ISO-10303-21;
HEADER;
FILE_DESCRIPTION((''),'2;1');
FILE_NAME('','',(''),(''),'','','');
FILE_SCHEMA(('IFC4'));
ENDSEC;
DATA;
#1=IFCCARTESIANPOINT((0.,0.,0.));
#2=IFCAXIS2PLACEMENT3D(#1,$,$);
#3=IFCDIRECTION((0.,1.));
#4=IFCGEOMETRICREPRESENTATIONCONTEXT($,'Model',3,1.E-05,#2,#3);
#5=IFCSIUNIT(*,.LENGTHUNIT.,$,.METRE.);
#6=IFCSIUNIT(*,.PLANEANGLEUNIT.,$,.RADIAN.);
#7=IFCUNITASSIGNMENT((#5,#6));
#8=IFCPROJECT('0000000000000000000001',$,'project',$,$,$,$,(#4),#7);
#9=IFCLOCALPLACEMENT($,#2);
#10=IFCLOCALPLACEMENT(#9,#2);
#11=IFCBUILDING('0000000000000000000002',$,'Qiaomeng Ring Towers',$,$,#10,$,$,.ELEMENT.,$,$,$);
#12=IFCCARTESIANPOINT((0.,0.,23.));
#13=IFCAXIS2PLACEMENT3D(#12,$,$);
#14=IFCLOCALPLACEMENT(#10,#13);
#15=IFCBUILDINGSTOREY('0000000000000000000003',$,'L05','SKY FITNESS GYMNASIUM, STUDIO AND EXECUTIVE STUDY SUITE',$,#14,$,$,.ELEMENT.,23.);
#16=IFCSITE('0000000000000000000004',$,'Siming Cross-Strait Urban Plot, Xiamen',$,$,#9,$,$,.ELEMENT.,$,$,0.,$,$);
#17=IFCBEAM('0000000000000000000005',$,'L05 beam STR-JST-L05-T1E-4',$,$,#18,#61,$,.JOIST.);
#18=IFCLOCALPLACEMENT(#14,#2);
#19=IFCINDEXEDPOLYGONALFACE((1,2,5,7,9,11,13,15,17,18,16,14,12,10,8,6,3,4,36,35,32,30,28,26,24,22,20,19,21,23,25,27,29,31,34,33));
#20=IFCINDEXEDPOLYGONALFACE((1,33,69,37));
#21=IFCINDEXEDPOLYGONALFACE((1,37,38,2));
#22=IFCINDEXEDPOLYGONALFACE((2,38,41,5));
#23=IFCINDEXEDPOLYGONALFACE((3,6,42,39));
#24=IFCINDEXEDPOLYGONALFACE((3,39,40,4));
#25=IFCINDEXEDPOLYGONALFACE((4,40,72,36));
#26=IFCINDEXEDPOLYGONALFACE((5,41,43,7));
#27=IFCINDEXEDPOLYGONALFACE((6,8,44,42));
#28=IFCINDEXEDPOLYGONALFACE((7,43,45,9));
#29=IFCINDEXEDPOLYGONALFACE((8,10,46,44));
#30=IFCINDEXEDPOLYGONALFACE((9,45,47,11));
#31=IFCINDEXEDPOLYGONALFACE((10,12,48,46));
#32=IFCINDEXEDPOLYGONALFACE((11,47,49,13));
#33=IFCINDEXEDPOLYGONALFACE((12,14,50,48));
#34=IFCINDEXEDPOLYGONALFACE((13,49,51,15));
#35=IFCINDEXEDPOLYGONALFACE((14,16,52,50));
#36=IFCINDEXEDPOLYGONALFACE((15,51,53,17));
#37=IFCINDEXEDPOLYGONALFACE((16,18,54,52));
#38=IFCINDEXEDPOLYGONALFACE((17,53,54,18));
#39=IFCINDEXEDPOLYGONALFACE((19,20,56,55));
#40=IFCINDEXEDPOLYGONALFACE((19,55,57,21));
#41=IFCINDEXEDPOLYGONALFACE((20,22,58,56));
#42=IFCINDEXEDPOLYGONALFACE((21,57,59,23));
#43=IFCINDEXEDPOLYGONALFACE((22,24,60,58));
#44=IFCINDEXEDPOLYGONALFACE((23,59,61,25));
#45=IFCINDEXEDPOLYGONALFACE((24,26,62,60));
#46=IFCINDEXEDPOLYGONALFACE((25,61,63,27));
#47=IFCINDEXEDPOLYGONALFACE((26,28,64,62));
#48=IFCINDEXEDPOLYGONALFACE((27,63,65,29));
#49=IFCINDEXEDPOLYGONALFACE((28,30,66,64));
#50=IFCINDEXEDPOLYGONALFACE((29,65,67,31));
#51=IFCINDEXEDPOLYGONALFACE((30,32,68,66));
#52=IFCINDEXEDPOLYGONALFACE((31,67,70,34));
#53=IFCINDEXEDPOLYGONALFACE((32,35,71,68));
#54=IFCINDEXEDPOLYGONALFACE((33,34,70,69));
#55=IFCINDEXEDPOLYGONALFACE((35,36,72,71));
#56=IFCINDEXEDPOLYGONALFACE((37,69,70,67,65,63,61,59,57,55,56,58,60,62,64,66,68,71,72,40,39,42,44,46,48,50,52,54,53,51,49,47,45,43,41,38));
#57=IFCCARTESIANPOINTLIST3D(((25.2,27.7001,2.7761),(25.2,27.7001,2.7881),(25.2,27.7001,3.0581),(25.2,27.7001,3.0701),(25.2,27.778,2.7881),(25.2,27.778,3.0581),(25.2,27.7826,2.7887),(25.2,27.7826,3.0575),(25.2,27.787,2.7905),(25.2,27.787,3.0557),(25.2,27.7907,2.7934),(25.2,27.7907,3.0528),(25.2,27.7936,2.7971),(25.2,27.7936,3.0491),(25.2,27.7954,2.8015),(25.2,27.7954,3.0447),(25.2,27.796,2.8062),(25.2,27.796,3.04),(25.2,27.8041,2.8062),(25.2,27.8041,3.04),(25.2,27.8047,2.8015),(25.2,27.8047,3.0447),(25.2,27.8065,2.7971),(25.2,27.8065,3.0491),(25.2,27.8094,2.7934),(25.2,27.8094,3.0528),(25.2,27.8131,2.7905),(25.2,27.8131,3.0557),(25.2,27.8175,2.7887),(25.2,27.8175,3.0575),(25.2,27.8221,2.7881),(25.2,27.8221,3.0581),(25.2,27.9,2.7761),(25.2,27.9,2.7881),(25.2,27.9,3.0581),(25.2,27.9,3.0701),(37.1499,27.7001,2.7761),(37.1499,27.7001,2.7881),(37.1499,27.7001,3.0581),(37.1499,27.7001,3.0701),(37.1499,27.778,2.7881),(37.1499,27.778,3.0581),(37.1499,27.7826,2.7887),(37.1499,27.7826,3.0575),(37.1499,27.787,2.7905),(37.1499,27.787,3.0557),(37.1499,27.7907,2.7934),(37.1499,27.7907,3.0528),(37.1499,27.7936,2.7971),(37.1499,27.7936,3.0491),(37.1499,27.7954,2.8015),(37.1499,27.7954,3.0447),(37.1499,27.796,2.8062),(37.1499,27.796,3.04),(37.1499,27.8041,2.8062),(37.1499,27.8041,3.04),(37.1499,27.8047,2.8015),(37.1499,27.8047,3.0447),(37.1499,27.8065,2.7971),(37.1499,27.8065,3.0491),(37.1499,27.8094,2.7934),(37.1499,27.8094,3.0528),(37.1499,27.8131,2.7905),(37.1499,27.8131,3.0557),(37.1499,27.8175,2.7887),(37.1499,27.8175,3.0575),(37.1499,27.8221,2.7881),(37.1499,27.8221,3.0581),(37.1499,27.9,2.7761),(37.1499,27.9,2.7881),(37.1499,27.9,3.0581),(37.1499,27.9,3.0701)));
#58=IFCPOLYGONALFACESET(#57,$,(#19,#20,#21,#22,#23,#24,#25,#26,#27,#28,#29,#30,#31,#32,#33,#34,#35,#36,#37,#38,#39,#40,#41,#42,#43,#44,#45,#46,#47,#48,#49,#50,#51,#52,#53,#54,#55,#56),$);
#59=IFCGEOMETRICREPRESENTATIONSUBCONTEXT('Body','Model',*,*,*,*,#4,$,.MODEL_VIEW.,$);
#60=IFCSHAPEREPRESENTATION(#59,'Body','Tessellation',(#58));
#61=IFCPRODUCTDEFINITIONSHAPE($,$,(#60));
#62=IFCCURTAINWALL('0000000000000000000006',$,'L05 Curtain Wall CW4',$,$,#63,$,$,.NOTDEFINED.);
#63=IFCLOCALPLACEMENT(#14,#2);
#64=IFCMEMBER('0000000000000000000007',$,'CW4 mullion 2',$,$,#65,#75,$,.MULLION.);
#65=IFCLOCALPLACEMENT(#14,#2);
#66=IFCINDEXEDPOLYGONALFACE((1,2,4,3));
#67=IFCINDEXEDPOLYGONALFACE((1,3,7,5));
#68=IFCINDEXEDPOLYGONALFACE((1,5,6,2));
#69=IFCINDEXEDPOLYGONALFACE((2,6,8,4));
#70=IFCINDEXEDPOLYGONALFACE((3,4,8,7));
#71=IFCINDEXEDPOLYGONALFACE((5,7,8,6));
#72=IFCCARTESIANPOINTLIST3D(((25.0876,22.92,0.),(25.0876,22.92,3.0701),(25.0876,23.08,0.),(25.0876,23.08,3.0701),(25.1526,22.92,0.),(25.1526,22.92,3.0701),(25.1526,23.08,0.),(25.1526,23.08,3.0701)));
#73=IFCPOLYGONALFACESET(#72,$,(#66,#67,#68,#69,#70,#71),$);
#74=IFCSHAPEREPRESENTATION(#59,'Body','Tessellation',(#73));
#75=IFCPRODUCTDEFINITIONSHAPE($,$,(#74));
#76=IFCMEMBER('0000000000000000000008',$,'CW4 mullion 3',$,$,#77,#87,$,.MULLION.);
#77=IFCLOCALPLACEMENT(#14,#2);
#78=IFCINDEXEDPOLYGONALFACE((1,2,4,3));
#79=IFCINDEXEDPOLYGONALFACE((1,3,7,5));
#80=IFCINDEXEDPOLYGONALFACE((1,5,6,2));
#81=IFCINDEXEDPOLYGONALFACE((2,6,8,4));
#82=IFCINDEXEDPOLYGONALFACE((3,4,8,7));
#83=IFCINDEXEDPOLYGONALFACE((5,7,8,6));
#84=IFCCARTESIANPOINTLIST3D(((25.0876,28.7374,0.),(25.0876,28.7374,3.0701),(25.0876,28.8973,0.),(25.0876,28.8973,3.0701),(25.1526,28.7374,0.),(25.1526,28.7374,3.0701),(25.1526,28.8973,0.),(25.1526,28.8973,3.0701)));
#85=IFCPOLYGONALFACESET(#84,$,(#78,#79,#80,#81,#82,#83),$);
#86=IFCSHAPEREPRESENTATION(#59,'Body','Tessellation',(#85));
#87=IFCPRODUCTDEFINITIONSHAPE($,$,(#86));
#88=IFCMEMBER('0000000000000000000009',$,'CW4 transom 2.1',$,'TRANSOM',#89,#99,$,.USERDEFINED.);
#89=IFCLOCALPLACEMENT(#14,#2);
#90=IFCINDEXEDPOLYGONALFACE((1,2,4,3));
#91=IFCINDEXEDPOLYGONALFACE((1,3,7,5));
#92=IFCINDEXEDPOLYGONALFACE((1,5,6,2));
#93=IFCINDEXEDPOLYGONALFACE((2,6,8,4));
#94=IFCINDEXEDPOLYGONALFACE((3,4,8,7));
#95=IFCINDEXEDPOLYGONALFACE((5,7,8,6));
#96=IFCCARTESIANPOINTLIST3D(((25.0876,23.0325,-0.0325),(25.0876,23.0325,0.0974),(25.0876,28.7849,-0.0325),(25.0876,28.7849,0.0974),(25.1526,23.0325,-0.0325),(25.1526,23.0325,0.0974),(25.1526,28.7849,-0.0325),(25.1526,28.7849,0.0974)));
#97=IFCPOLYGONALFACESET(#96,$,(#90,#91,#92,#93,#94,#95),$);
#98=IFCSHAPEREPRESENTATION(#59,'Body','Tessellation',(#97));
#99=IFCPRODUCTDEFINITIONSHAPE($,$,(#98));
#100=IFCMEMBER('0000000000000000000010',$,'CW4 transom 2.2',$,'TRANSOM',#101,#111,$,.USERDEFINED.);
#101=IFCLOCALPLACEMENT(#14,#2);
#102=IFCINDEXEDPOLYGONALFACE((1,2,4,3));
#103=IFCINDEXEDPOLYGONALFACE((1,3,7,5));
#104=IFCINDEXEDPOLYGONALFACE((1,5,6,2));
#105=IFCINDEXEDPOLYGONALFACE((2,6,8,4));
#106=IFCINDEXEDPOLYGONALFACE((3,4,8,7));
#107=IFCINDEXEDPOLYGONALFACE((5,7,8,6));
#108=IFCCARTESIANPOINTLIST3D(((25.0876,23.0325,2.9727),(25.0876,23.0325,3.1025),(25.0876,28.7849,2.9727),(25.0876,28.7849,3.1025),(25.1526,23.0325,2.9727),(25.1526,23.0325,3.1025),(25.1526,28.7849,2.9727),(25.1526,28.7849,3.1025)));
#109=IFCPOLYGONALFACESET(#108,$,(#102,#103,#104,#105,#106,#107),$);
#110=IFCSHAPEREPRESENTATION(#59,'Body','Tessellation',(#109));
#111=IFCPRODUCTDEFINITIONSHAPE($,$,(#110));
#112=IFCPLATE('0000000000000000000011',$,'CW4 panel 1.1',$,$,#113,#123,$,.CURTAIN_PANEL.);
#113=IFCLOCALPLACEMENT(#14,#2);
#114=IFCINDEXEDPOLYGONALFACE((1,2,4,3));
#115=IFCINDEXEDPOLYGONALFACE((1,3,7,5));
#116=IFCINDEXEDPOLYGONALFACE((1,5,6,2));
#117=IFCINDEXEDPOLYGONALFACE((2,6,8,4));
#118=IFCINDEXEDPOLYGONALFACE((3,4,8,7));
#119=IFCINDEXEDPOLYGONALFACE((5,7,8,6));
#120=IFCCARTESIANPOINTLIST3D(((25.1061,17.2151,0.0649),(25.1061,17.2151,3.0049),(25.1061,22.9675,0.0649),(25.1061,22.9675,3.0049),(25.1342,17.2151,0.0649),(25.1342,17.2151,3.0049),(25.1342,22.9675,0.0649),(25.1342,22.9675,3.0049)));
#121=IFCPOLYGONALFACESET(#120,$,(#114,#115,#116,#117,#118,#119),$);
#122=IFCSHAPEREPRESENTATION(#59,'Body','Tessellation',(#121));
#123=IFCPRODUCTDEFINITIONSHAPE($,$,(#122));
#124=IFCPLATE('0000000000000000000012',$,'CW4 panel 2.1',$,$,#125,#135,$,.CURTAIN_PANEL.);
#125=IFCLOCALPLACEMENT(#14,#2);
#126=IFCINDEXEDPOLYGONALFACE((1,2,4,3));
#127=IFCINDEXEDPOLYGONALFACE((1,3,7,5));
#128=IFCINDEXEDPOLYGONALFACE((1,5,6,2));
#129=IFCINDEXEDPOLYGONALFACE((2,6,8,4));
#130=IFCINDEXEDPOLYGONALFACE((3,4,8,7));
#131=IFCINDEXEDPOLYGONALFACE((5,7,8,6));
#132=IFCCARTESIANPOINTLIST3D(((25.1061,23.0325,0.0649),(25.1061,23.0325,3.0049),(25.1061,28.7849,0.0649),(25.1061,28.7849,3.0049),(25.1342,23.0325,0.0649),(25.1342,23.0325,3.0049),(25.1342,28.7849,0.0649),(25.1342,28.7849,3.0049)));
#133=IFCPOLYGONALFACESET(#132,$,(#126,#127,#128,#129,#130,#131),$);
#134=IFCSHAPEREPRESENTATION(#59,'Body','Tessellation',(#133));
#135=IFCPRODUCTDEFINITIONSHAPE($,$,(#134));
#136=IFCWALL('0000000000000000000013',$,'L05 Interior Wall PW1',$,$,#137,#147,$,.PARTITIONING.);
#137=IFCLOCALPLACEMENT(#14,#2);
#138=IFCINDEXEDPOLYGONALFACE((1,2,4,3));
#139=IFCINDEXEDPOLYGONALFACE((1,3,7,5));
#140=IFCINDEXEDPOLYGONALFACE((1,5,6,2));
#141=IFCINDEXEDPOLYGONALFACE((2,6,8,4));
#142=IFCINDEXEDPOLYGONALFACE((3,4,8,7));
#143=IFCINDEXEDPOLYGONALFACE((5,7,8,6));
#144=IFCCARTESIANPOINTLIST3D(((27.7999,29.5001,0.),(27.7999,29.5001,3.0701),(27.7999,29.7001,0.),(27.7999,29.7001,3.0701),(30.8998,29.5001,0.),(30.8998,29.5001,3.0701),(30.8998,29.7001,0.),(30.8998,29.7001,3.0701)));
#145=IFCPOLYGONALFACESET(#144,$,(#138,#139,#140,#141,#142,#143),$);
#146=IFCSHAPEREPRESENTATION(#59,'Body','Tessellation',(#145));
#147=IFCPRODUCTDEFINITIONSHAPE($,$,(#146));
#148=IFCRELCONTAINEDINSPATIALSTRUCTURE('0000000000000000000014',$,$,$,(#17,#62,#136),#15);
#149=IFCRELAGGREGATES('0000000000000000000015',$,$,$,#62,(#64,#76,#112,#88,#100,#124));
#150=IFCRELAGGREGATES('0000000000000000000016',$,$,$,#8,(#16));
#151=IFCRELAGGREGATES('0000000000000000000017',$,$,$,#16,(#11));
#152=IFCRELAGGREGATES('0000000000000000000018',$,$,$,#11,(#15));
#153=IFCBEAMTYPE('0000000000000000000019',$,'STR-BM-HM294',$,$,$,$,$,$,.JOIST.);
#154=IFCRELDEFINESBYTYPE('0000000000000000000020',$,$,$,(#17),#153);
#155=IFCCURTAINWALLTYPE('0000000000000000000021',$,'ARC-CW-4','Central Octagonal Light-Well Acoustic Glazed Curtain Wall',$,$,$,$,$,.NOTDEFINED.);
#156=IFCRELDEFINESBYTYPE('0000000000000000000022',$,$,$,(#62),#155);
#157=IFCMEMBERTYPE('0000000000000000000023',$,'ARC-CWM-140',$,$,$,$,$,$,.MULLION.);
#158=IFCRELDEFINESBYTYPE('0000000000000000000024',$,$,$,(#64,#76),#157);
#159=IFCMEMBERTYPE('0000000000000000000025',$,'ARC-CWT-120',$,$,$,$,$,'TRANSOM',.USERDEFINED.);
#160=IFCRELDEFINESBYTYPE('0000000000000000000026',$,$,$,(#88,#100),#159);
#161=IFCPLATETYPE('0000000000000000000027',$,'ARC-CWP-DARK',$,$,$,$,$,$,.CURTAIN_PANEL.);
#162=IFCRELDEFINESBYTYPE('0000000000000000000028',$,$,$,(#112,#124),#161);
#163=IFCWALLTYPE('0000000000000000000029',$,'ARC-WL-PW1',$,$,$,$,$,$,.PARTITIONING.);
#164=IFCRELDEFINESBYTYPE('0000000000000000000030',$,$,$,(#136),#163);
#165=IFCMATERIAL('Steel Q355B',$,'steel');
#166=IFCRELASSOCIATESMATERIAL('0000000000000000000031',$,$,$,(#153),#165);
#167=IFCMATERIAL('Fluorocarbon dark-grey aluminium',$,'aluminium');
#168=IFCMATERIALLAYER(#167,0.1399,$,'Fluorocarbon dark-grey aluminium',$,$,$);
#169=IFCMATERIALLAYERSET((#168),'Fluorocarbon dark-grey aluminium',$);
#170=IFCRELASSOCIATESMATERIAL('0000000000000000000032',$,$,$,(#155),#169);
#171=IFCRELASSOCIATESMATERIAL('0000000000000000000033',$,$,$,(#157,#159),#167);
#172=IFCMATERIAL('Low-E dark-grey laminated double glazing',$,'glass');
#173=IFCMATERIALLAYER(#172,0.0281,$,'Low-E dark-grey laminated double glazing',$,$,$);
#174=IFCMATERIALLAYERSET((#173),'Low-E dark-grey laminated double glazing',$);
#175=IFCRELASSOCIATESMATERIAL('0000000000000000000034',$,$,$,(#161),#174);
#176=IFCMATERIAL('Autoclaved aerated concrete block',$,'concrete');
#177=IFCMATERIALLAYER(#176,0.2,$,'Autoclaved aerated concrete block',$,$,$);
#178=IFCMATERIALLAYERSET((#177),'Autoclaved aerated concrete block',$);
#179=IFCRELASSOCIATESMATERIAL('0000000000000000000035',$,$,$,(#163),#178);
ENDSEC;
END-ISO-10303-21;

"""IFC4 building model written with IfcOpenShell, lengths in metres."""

from ifc_helpers import new_model, si_unit, direction, frame, frame_2d, origin, origin_2d, place, context, subcontext, project, spatial, rectangle, i_section, extrude, source, transform, mapped, material, layer, layer_set, material_profile, profile_set, type_object, element, aggregate, save


model = new_model("IFC4")

# Units and contexts
model_context = context("Model", 3, precision=1e-05, world=origin(), true_north=direction((0.0, 1.0)))
body_context = subcontext(model_context, "Body", "Model", "MODEL_VIEW")
ifc_project = project(units=[si_unit("LENGTHUNIT", "METRE"), si_unit("PLANEANGLEUNIT", "RADIAN")], contexts=[model_context])

# Site, building, storey
site_placement = place(None, origin())
site = spatial("IfcSite", under=ifc_project, at=site_placement, Name="Siming Cross-Strait Urban Plot, Xiamen", CompositionType="ELEMENT", RefElevation=0.0)
building_placement = place(site_placement, origin())
building = spatial("IfcBuilding", under=site, at=building_placement, Name="Qiaomeng Ring Towers", CompositionType="ELEMENT")
storey_placement = place(building_placement, frame((0.0, 0.0, 23.0)))
storey = spatial("IfcBuildingStorey", under=building, at=storey_placement, Name="L05", Description="SKY FITNESS GYMNASIUM, STUDIO AND EXECUTIVE STUDY SUITE", CompositionType="ELEMENT", Elevation=23.0)

# Beam
ifc_material_1 = material(Name="Steel Q355B", Category="steel")
ifc_material_profile_1 = material_profile(ifc_material_1, i_section(OverallWidth=0.2, OverallDepth=0.2939, WebThickness=0.0081, FlangeThickness=0.012, FilletRadius=0.0181, at=origin_2d()), Name="HM 294x200x8x12")
ifc_profile_set_1 = profile_set([ifc_material_profile_1], Name="Steel Q355B")
beam_type_1 = type_object("IfcBeamType", Name="STR-BM-HM294", PredefinedType="JOIST", material=ifc_profile_set_1)
shared_shape_1 = source(origin(), body_context, "Body", "SweptSolid", [
    extrude(i_section(OverallWidth=0.2, OverallDepth=0.2939, WebThickness=0.0081, FlangeThickness=0.012, FilletRadius=0.0181, at=origin_2d()), origin(), (0.0, 0.0, 1.0), 11.95),
])
for number, where, z_axis, x_axis, name in (
    (1, (25.2, 27.8, 2.9231), (1.0, 0.0, 0.0), (0.0, 1.0, 0.0), "L05 beam STR-JST-L05-T1E-4"),
):
    element("IfcBeam", number, at=place(storey_placement, frame(where, z_axis=z_axis, x_axis=x_axis)), inside=storey, type_object=beam_type_1, Name=name, PredefinedType="JOIST", context=body_context, shape_type="MappedRepresentation", body=[
        mapped(shared_shape_1, transform((0.0, 0.0, 0.0), x_axis=(1.0, 0.0, 0.0), y_axis=(0.0, 1.0, 0.0), z_axis=(0.0, 0.0, 1.0), scale=1.0)),
    ])

# Curtain wall, members, plates
ifc_material_2 = material(Name="Fluorocarbon dark-grey aluminium", Category="aluminium")
ifc_layer_1 = layer(ifc_material_2, 0.1399, Name="Fluorocarbon dark-grey aluminium")
ifc_layer_set_1 = layer_set([ifc_layer_1], Name="Fluorocarbon dark-grey aluminium")
curtain_wall_type = type_object("IfcCurtainWallType", Name="ARC-CW-4", Description="Central Octagonal Light-Well Acoustic Glazed Curtain Wall", PredefinedType="NOTDEFINED", material=ifc_layer_set_1)
curtain_wall_placement = place(storey_placement, origin())
curtain_wall = element("IfcCurtainWall", 2, at=curtain_wall_placement, inside=storey, type_object=curtain_wall_type, Name="L05 Curtain Wall CW4", PredefinedType="NOTDEFINED")
ifc_material_profile_2 = material_profile(ifc_material_2, rectangle(XDim=0.0649, YDim=0.1599, at=origin_2d()), Name="ALU MULL 65x160")
ifc_profile_set_2 = profile_set([ifc_material_profile_2], Name="Fluorocarbon dark-grey aluminium")
member_type_1 = type_object("IfcMemberType", Name="ARC-CWM-140", PredefinedType="MULLION", material=ifc_profile_set_2)
shared_shape_2 = source(origin(), body_context, "Body", "SweptSolid", [
    extrude(rectangle(XDim=0.0649, YDim=0.1599, at=origin_2d()), origin(), (0.0, 0.0, 1.0), 3.0701),
])
member_1_placement = place(storey_placement, frame((25.1201, 23.0, 0.0), z_axis=(0.0, 0.0, 1.0), x_axis=(-1.0, 0.0, 0.0)))
member_1 = element("IfcMember", 3, at=member_1_placement, type_object=member_type_1, Name="CW4 mullion 2", PredefinedType="MULLION", context=body_context, shape_type="MappedRepresentation", body=[
    mapped(shared_shape_2, transform((0.0, 0.0, 0.0), x_axis=(1.0, 0.0, 0.0), y_axis=(0.0, 1.0, 0.0), z_axis=(0.0, 0.0, 1.0), scale=1.0)),
])
member_2_placement = place(storey_placement, frame((25.1201, 28.8174, 0.0), z_axis=(0.0, 0.0, 1.0), x_axis=(-1.0, 0.0, 0.0)))
member_2 = element("IfcMember", 4, at=member_2_placement, type_object=member_type_1, Name="CW4 mullion 3", PredefinedType="MULLION", context=body_context, shape_type="MappedRepresentation", body=[
    mapped(shared_shape_2, transform((0.0, 0.0, 0.0), x_axis=(1.0, 0.0, 0.0), y_axis=(0.0, 1.0, 0.0), z_axis=(0.0, 0.0, 1.0), scale=1.0)),
])
ifc_material_profile_3 = material_profile(ifc_material_2, rectangle(XDim=0.0649, YDim=0.1299, at=origin_2d()), Name="ALU TRAN 65x130")
ifc_profile_set_3 = profile_set([ifc_material_profile_3], Name="Fluorocarbon dark-grey aluminium")
member_type_2 = type_object("IfcMemberType", Name="ARC-CWT-120", ElementType="TRANSOM", PredefinedType="USERDEFINED", material=ifc_profile_set_3)
shared_shape_3 = source(origin(), body_context, "Body", "SweptSolid", [
    extrude(rectangle(XDim=0.0649, YDim=0.1299, at=origin_2d()), origin(), (0.0, 0.0, 1.0), 5.7524),
])
member_3_placement = place(storey_placement, frame((25.1201, 23.0325, 0.0325), z_axis=(0.0, 1.0, 0.0), x_axis=(-1.0, 0.0, 0.0)))
member_3 = element("IfcMember", 5, at=member_3_placement, type_object=member_type_2, Name="CW4 transom 2.1", ObjectType="TRANSOM", PredefinedType="USERDEFINED", context=body_context, shape_type="MappedRepresentation", body=[
    mapped(shared_shape_3, transform((0.0, 0.0, 0.0), x_axis=(1.0, 0.0, 0.0), y_axis=(0.0, 1.0, 0.0), z_axis=(0.0, 0.0, 1.0), scale=1.0)),
])
member_4_placement = place(storey_placement, frame((25.1201, 23.0325, 3.0376), z_axis=(0.0, 1.0, 0.0), x_axis=(-1.0, 0.0, 0.0)))
member_4 = element("IfcMember", 6, at=member_4_placement, type_object=member_type_2, Name="CW4 transom 2.2", ObjectType="TRANSOM", PredefinedType="USERDEFINED", context=body_context, shape_type="MappedRepresentation", body=[
    mapped(shared_shape_3, transform((0.0, 0.0, 0.0), x_axis=(1.0, 0.0, 0.0), y_axis=(0.0, 1.0, 0.0), z_axis=(0.0, 0.0, 1.0), scale=1.0)),
])
ifc_material_3 = material(Name="Low-E dark-grey laminated double glazing", Category="glass")
ifc_layer_2 = layer(ifc_material_3, 0.0281, Name="Low-E dark-grey laminated double glazing")
ifc_layer_set_2 = layer_set([ifc_layer_2], Name="Low-E dark-grey laminated double glazing")
plate_type = type_object("IfcPlateType", Name="ARC-CWP-DARK", PredefinedType="CURTAIN_PANEL", material=ifc_layer_set_2)
shared_shape_4 = source(origin(), body_context, "Body", "SweptSolid", [
    extrude(rectangle(XDim=5.7524, YDim=0.0281, at=origin_2d()), origin(), (0.0, 0.0, 1.0), 2.9399),
])
plate_1_placement = place(storey_placement, frame((25.1201, 20.0913, 0.0649), z_axis=(0.0, 0.0, 1.0), x_axis=(0.0, 1.0, 0.0)))
plate_1 = element("IfcPlate", 7, at=plate_1_placement, type_object=plate_type, Name="CW4 panel 1.1", PredefinedType="CURTAIN_PANEL", context=body_context, shape_type="MappedRepresentation", body=[
    mapped(shared_shape_4, transform((0.0, 0.0, 0.0), x_axis=(1.0, 0.0, 0.0), y_axis=(0.0, 1.0, 0.0), z_axis=(0.0, 0.0, 1.0), scale=1.0)),
])
plate_2_placement = place(storey_placement, frame((25.1201, 25.9087, 0.0649), z_axis=(0.0, 0.0, 1.0), x_axis=(0.0, 1.0, 0.0)))
plate_2 = element("IfcPlate", 8, at=plate_2_placement, type_object=plate_type, Name="CW4 panel 2.1", PredefinedType="CURTAIN_PANEL", context=body_context, shape_type="MappedRepresentation", body=[
    mapped(shared_shape_4, transform((0.0, 0.0, 0.0), x_axis=(1.0, 0.0, 0.0), y_axis=(0.0, 1.0, 0.0), z_axis=(0.0, 0.0, 1.0), scale=1.0)),
])
aggregate(curtain_wall, [member_1, member_2, plate_1, member_3, member_4, plate_2])

# Wall
ifc_material_4 = material(Name="Autoclaved aerated concrete block", Category="concrete")
ifc_layer_3 = layer(ifc_material_4, 0.2, Name="Autoclaved aerated concrete block")
ifc_layer_set_3 = layer_set([ifc_layer_3], Name="Autoclaved aerated concrete block")
wall_type_1 = type_object("IfcWallType", Name="ARC-WL-PW1", PredefinedType="PARTITIONING", material=ifc_layer_set_3)
wall_1_placement = place(storey_placement, frame((27.8, 29.6001, 0.0), z_axis=(0.0, 0.0, 1.0), x_axis=(1.0, 0.0, 0.0)))
element("IfcWall", 9, at=wall_1_placement, inside=storey, type_object=wall_type_1, Name="L05 Interior Wall PW1", PredefinedType="PARTITIONING", context=body_context, shape_type="SweptSolid", body=[
    extrude(rectangle(XDim=3.0999, YDim=0.2, at=frame_2d((1.5498, 0.0))), origin(), (0.0, 0.0, 1.0), 3.0701),
])

save(model, "model.ifc")
